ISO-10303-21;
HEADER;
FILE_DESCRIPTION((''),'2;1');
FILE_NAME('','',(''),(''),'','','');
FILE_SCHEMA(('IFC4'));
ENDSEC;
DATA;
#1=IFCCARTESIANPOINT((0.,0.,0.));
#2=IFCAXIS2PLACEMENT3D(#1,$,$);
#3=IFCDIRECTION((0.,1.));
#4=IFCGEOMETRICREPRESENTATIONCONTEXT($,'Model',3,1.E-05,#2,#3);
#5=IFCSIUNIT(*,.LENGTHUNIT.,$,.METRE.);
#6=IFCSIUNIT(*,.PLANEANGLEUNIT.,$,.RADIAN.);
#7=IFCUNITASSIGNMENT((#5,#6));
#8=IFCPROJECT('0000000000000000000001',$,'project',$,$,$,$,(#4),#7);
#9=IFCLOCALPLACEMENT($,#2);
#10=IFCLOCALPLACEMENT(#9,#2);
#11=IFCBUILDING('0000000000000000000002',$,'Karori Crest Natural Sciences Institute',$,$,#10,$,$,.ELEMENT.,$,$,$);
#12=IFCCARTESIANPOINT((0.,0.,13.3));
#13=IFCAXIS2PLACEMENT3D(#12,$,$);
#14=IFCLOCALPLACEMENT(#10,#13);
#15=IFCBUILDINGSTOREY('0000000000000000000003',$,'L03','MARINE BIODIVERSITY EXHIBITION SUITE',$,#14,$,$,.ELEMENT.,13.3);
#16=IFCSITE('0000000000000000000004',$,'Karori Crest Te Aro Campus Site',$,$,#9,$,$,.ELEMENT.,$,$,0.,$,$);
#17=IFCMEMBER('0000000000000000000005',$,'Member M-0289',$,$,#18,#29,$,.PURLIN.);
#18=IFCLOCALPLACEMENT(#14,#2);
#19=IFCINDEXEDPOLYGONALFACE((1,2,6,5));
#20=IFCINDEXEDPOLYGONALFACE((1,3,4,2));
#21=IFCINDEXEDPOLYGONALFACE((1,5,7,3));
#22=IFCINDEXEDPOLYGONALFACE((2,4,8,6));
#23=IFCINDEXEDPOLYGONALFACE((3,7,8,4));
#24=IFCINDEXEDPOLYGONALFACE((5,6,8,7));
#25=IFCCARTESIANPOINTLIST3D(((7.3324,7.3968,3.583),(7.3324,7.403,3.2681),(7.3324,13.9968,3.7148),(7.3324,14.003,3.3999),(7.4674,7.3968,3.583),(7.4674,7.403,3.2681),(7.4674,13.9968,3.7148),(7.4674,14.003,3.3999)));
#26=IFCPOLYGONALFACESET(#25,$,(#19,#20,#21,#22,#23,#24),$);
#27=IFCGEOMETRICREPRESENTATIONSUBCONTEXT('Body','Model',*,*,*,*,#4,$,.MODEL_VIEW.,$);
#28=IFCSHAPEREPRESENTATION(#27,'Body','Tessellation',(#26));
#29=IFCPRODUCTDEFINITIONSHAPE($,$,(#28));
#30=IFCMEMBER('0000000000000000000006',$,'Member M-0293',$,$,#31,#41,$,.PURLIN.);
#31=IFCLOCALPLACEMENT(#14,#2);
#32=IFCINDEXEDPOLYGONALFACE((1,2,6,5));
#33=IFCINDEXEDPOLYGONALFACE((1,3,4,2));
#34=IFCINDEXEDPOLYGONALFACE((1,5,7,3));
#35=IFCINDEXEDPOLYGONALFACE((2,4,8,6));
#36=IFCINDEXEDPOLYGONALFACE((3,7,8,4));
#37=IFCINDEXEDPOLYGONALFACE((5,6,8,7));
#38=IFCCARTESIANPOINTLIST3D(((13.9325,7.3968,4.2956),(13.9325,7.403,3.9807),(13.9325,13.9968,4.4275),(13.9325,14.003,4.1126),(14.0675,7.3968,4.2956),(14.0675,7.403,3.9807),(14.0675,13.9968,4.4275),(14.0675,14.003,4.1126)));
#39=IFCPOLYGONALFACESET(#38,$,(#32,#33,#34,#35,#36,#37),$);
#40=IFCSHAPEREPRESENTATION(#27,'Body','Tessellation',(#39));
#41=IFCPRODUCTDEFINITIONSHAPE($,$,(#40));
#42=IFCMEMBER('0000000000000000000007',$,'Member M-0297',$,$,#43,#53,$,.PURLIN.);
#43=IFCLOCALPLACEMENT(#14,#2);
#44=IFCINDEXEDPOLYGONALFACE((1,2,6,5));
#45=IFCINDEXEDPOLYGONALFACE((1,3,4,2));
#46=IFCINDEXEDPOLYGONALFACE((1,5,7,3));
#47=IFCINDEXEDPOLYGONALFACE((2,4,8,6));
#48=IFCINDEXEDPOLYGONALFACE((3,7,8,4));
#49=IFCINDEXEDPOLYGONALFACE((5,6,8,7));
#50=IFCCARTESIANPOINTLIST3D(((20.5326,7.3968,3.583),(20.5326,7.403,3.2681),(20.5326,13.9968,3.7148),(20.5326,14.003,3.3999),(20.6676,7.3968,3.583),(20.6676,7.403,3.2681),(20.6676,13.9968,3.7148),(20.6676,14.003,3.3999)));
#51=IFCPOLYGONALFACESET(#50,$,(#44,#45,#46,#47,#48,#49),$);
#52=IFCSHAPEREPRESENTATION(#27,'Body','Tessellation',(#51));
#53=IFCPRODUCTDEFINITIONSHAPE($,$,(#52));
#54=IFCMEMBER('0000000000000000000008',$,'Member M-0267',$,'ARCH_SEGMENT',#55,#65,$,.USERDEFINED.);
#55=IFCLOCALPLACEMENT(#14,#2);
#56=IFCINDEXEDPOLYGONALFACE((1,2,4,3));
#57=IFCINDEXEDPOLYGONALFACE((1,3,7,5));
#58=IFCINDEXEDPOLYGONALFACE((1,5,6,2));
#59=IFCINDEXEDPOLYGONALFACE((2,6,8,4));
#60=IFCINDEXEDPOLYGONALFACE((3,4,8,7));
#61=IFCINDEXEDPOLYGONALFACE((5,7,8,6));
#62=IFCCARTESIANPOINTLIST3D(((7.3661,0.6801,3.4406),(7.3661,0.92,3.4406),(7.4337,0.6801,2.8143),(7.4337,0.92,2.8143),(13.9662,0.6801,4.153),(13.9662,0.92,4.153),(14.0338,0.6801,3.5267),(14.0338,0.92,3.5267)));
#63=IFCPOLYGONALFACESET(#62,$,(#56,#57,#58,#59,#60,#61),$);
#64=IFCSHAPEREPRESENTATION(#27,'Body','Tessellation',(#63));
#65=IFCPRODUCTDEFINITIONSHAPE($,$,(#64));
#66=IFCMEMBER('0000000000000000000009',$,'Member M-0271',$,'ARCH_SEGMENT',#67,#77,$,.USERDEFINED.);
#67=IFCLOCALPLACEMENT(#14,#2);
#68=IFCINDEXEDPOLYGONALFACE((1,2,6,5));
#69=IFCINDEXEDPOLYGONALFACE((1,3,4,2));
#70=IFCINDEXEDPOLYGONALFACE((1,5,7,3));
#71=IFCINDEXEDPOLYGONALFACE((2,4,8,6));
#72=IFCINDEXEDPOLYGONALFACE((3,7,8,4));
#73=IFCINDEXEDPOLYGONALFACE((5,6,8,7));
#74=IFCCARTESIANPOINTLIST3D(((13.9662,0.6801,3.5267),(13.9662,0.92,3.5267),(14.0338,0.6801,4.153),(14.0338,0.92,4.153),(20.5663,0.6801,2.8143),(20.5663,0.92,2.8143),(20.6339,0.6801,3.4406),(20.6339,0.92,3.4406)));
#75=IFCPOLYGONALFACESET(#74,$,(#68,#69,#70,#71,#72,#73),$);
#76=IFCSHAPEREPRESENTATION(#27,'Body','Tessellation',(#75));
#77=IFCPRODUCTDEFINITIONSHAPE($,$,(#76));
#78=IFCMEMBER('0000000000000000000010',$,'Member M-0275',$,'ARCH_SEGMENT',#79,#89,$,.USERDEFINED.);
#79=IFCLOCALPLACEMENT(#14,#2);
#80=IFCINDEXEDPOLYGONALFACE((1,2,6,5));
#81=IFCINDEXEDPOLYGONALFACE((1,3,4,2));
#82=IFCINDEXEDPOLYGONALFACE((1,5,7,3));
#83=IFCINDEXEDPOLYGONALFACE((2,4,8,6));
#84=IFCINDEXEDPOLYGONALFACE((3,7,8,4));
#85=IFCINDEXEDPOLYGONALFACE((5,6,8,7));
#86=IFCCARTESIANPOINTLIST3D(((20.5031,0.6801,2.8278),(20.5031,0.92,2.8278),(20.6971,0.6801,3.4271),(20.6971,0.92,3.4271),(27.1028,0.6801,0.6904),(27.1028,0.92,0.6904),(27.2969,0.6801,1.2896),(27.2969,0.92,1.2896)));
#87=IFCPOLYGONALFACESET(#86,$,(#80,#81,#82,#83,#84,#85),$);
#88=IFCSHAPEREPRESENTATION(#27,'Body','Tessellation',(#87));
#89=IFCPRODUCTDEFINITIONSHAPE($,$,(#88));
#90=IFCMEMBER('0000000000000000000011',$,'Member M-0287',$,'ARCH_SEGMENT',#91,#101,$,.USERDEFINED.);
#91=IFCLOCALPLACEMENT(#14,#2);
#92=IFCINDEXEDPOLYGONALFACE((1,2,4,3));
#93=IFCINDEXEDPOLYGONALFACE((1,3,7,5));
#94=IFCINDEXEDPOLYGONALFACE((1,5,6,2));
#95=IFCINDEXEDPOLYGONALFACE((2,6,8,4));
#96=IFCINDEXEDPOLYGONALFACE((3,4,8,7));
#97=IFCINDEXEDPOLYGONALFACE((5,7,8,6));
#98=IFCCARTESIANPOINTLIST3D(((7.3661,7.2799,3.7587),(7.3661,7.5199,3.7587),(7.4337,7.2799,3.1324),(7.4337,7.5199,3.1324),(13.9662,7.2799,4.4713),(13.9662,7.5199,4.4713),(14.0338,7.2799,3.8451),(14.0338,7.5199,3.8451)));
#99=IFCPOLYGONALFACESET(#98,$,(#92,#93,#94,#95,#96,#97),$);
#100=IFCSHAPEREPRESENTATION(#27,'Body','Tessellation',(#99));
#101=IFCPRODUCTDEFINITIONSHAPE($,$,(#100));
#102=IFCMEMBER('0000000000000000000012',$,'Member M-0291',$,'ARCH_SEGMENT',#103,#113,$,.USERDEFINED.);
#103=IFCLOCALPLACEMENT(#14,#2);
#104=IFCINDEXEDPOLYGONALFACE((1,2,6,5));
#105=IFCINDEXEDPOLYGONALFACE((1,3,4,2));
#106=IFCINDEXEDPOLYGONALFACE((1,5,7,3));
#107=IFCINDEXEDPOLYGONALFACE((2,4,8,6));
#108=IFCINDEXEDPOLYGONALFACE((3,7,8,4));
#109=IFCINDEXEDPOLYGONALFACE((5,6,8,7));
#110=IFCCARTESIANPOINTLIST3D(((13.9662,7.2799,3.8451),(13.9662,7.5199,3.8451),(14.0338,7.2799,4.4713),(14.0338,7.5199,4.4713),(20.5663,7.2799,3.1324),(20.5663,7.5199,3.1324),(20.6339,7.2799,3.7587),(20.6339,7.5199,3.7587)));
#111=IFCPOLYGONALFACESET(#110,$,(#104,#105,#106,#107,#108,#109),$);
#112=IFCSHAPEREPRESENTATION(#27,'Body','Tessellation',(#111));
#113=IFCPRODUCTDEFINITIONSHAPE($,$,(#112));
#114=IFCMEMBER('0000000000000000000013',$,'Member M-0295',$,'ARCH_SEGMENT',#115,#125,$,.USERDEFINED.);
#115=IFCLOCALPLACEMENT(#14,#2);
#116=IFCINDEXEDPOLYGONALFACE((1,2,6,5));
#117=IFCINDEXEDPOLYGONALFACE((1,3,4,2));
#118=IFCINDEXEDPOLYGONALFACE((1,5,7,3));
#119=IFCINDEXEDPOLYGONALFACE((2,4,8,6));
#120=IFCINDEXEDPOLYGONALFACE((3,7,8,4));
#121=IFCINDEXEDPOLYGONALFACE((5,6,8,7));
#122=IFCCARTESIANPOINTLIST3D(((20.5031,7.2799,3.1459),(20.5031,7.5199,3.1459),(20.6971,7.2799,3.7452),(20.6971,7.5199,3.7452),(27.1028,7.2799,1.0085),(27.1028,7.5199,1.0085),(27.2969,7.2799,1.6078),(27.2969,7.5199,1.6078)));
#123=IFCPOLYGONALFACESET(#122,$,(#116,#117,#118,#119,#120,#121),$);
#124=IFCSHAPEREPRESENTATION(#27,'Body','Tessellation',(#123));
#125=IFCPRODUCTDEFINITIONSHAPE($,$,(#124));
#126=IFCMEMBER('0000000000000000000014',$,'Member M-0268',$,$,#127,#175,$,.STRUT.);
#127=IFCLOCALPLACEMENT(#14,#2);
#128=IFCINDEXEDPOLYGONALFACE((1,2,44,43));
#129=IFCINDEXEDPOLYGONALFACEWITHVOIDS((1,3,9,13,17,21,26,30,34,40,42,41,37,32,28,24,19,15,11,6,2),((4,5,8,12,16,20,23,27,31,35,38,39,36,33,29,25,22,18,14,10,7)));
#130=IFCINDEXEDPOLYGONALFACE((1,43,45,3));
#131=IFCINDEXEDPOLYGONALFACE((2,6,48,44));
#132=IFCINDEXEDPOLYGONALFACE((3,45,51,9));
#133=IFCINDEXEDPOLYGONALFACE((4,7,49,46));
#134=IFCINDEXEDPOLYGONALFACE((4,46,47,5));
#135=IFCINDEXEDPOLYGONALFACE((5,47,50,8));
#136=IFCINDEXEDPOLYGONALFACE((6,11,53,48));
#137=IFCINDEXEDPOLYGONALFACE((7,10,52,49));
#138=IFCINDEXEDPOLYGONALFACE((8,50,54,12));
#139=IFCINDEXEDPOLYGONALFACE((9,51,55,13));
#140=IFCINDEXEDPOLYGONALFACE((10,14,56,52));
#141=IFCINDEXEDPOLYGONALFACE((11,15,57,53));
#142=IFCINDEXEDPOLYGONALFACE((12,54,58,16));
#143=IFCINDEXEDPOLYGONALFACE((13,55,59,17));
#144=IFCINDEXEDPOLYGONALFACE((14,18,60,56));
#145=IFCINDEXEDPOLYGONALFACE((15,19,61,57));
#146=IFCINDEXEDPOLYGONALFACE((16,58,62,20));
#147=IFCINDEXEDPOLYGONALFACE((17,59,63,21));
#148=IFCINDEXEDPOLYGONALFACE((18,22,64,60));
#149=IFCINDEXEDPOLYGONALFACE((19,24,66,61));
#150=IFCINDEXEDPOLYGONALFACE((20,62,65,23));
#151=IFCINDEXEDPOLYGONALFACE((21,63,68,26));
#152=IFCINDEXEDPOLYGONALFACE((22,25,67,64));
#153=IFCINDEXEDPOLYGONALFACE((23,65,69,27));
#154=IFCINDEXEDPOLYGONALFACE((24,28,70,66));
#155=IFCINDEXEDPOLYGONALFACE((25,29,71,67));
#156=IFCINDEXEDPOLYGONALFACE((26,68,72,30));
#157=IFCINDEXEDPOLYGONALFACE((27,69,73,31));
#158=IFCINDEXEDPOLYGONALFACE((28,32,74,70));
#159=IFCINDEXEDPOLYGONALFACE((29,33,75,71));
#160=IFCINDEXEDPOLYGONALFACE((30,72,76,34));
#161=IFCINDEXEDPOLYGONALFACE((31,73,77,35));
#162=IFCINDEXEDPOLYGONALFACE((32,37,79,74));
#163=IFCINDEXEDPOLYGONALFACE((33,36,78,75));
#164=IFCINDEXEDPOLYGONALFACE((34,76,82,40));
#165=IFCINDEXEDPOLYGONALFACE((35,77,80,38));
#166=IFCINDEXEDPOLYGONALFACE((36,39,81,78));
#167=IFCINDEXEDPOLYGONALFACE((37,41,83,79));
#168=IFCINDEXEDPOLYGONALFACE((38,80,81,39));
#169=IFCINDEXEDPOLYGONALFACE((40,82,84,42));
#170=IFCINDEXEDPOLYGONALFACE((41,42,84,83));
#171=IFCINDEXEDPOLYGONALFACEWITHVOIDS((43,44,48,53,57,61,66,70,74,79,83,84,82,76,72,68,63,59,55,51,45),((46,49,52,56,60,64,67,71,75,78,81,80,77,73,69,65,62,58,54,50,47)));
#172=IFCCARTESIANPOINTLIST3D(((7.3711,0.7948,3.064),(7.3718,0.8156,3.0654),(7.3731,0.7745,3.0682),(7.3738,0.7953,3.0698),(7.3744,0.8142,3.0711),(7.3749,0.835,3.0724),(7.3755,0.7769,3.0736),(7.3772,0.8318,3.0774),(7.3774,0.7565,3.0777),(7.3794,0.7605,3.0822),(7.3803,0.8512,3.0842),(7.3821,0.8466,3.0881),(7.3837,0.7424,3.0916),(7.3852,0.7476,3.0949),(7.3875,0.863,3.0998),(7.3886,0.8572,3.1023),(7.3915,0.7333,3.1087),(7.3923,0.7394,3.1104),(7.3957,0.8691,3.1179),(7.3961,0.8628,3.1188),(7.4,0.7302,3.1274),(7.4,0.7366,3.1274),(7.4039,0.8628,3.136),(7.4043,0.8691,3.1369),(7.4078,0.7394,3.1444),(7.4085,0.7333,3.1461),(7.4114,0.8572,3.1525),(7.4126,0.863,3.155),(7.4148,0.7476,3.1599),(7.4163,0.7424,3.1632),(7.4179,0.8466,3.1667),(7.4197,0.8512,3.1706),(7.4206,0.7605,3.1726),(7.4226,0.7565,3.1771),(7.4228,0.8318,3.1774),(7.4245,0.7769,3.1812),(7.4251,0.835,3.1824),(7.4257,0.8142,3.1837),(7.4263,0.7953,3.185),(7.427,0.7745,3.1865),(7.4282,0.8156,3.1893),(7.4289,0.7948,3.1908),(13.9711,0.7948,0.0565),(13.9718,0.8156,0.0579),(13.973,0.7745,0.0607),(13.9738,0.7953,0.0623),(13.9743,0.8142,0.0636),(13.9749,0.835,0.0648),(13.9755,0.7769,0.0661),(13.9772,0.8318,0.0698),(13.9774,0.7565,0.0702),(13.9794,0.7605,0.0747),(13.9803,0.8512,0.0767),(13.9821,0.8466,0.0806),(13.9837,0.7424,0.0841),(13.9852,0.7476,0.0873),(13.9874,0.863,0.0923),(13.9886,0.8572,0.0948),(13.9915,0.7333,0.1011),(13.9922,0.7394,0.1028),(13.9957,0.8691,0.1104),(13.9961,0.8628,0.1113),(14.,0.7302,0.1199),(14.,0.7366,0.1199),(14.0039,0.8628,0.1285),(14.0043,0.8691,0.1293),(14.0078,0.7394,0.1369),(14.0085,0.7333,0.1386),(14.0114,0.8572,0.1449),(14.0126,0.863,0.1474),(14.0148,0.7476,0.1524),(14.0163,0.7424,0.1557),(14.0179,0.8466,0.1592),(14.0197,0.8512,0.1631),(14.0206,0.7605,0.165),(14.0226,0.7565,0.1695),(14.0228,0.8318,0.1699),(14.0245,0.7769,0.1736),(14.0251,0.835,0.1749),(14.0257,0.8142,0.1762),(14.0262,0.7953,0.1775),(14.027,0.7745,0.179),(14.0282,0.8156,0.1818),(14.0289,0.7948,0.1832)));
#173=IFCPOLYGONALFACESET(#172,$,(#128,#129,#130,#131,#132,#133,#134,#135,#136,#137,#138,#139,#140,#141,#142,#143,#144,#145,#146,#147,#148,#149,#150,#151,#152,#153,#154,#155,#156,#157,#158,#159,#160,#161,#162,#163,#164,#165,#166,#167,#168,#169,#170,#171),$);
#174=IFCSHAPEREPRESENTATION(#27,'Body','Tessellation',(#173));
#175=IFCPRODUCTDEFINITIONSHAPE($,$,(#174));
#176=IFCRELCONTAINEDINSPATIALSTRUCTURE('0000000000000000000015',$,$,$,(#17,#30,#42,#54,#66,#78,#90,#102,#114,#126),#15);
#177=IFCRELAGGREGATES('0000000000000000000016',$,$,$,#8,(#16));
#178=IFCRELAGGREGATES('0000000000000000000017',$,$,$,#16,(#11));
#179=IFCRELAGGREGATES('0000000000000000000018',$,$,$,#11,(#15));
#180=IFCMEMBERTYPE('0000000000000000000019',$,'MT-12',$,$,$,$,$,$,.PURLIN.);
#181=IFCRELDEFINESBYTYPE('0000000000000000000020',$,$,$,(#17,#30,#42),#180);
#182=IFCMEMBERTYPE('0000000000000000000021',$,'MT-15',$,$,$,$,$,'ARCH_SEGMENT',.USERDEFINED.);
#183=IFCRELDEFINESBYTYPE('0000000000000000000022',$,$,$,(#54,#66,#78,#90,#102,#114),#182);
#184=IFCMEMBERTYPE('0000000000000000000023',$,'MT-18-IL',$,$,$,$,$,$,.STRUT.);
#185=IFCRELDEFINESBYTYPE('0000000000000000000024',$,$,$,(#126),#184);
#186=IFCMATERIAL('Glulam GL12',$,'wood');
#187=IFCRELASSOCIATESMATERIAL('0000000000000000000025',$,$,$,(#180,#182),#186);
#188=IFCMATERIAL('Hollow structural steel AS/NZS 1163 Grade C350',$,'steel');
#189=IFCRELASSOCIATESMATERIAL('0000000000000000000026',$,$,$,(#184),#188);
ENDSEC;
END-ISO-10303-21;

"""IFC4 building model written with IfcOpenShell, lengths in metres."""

from ifc_helpers import new_model, si_unit, direction, frame, origin, origin_2d, place, context, subcontext, project, spatial, rectangle, hollow_circle, extrude, material, material_profile, profile_set, type_object, element, save


model = new_model("IFC4")

# Units and contexts
model_context = context("Model", 3, precision=1e-05, world=origin(), true_north=direction((0.0, 1.0)))
body_context = subcontext(model_context, "Body", "Model", "MODEL_VIEW")
ifc_project = project(units=[si_unit("LENGTHUNIT", "METRE"), si_unit("PLANEANGLEUNIT", "RADIAN")], contexts=[model_context])

# Site, building, storey
site_placement = place(None, origin())
site = spatial("IfcSite", under=ifc_project, at=site_placement, Name="Karori Crest Te Aro Campus Site", CompositionType="ELEMENT", RefElevation=0.0)
building_placement = place(site_placement, origin())
building = spatial("IfcBuilding", under=site, at=building_placement, Name="Karori Crest Natural Sciences Institute", CompositionType="ELEMENT")
storey_placement = place(building_placement, frame((0.0, 0.0, 13.3)))
storey = spatial("IfcBuildingStorey", under=building, at=storey_placement, Name="L03", Description="MARINE BIODIVERSITY EXHIBITION SUITE", CompositionType="ELEMENT", Elevation=13.3)

# Members
ifc_material_1 = material(Name="Hollow structural steel AS/NZS 1163 Grade C350", Category="steel")
ifc_material_2 = material(Name="Glulam GL12", Category="wood")
ifc_material_profile_1 = material_profile(ifc_material_2, rectangle(XDim=0.135, YDim=0.3149, at=origin_2d()), Name="GL135x315")
ifc_profile_set_1 = profile_set([ifc_material_profile_1], Name="Glulam GL12")
member_type_1 = type_object("IfcMemberType", Name="MT-12", PredefinedType="PURLIN", material=ifc_profile_set_1)
for number, where, z_axis, x_axis, name in (
    (1, (7.3999, 7.3999, 3.4255), (0.0, 0.999801, 0.019971), (-1.0, 0.0, 0.0), "Member M-0289"),
    (2, (14.0, 7.3999, 4.1382), (0.0, 0.999801, 0.019971), (-1.0, 0.0, 0.0), "Member M-0293"),
    (3, (20.6001, 7.3999, 3.4255), (0.0, 0.999801, 0.019971), (-1.0, 0.0, 0.0), "Member M-0297"),
):
    element("IfcMember", number, at=place(storey_placement, frame(where, z_axis=z_axis, x_axis=x_axis)), inside=storey, type_object=member_type_1, Name=name, PredefinedType="PURLIN", context=body_context, shape_type="SweptSolid", body=[
        extrude(rectangle(XDim=0.135, YDim=0.3149, at=origin_2d()), origin(), (0.0, 0.0, 1.0), 6.6013),
    ])
ifc_material_profile_2 = material_profile(ifc_material_2, rectangle(XDim=0.24, YDim=0.6299, at=origin_2d()), Name="GL240x630")
ifc_profile_set_2 = profile_set([ifc_material_profile_2], Name="Glulam GL12")
member_type_2 = type_object("IfcMemberType", Name="MT-15", ElementType="ARCH_SEGMENT", PredefinedType="USERDEFINED", material=ifc_profile_set_2)
for number, where, z_axis, x_axis, name in (
    (4, (7.3999, 0.8, 3.1274), (0.994225, 0.0, 0.107315), (0.0, 1.0, 0.0), "Member M-0267"),
    (5, (14.0, 0.8, 3.8398), (0.994225, 0.0, -0.107315), (0.0, 1.0, 0.0), "Member M-0271"),
):
    element("IfcMember", number, at=place(storey_placement, frame(where, z_axis=z_axis, x_axis=x_axis)), inside=storey, type_object=member_type_2, Name=name, ObjectType="ARCH_SEGMENT", PredefinedType="USERDEFINED", context=body_context, shape_type="SweptSolid", body=[
        extrude(rectangle(XDim=0.24, YDim=0.6299, at=origin_2d()), origin(), (0.0, 0.0, 1.0), 6.6384),
    ])
member_1_placement = place(storey_placement, frame((20.6001, 0.8, 3.1274), z_axis=(0.951351, 0.0, -0.308108), x_axis=(0.0, 1.0, 0.0)))
element("IfcMember", 6, at=member_1_placement, inside=storey, type_object=member_type_2, Name="Member M-0275", ObjectType="ARCH_SEGMENT", PredefinedType="USERDEFINED", context=body_context, shape_type="SweptSolid", body=[
    extrude(rectangle(XDim=0.24, YDim=0.6299, at=origin_2d()), origin(), (0.0, 0.0, 1.0), 6.9373),
])
for number, where, z_axis, x_axis, name in (
    (7, (7.3999, 7.3999, 3.4456), (0.994221, 0.0, 0.107351), (0.0, 1.0, 0.0), "Member M-0287"),
    (8, (14.0, 7.3999, 4.1582), (0.994221, 0.0, -0.107351), (0.0, 1.0, 0.0), "Member M-0291"),
):
    element("IfcMember", number, at=place(storey_placement, frame(where, z_axis=z_axis, x_axis=x_axis)), inside=storey, type_object=member_type_2, Name=name, ObjectType="ARCH_SEGMENT", PredefinedType="USERDEFINED", context=body_context, shape_type="SweptSolid", body=[
        extrude(rectangle(XDim=0.24, YDim=0.6299, at=origin_2d()), origin(), (0.0, 0.0, 1.0), 6.6384),
    ])
member_2_placement = place(storey_placement, frame((20.6001, 7.3999, 3.4456), z_axis=(0.951351, 0.0, -0.308108), x_axis=(0.0, 1.0, 0.0)))
element("IfcMember", 9, at=member_2_placement, inside=storey, type_object=member_type_2, Name="Member M-0295", ObjectType="ARCH_SEGMENT", PredefinedType="USERDEFINED", context=body_context, shape_type="SweptSolid", body=[
    extrude(rectangle(XDim=0.24, YDim=0.6299, at=origin_2d()), origin(), (0.0, 0.0, 1.0), 6.9373),
])
ifc_material_profile_3 = material_profile(ifc_material_1, hollow_circle(Radius=0.0698, WallThickness=0.0063, at=origin_2d()), Name="CHS139.7x6.4")
ifc_profile_set_3 = profile_set([ifc_material_profile_3], Name="Hollow structural steel AS/NZS 1163 Grade C350")
member_type_3 = type_object("IfcMemberType", Name="MT-18-IL", PredefinedType="STRUT", material=ifc_profile_set_3)
for number, where, z_axis, x_axis, name in (
    (10, (14.0, 0.8, 0.1199), (-0.909975, 0.0, 0.414662), (0.0, -1.0, 0.0), "Member M-0268"),
):
    element("IfcMember", number, at=place(storey_placement, frame(where, z_axis=z_axis, x_axis=x_axis)), inside=storey, type_object=member_type_3, Name=name, PredefinedType="STRUT", context=body_context, shape_type="SweptSolid", body=[
        extrude(hollow_circle(Radius=0.0698, WallThickness=0.0063, at=origin_2d()), origin(), (0.0, 0.0, 1.0), 7.2529),
    ])

save(model, "model.ifc")
